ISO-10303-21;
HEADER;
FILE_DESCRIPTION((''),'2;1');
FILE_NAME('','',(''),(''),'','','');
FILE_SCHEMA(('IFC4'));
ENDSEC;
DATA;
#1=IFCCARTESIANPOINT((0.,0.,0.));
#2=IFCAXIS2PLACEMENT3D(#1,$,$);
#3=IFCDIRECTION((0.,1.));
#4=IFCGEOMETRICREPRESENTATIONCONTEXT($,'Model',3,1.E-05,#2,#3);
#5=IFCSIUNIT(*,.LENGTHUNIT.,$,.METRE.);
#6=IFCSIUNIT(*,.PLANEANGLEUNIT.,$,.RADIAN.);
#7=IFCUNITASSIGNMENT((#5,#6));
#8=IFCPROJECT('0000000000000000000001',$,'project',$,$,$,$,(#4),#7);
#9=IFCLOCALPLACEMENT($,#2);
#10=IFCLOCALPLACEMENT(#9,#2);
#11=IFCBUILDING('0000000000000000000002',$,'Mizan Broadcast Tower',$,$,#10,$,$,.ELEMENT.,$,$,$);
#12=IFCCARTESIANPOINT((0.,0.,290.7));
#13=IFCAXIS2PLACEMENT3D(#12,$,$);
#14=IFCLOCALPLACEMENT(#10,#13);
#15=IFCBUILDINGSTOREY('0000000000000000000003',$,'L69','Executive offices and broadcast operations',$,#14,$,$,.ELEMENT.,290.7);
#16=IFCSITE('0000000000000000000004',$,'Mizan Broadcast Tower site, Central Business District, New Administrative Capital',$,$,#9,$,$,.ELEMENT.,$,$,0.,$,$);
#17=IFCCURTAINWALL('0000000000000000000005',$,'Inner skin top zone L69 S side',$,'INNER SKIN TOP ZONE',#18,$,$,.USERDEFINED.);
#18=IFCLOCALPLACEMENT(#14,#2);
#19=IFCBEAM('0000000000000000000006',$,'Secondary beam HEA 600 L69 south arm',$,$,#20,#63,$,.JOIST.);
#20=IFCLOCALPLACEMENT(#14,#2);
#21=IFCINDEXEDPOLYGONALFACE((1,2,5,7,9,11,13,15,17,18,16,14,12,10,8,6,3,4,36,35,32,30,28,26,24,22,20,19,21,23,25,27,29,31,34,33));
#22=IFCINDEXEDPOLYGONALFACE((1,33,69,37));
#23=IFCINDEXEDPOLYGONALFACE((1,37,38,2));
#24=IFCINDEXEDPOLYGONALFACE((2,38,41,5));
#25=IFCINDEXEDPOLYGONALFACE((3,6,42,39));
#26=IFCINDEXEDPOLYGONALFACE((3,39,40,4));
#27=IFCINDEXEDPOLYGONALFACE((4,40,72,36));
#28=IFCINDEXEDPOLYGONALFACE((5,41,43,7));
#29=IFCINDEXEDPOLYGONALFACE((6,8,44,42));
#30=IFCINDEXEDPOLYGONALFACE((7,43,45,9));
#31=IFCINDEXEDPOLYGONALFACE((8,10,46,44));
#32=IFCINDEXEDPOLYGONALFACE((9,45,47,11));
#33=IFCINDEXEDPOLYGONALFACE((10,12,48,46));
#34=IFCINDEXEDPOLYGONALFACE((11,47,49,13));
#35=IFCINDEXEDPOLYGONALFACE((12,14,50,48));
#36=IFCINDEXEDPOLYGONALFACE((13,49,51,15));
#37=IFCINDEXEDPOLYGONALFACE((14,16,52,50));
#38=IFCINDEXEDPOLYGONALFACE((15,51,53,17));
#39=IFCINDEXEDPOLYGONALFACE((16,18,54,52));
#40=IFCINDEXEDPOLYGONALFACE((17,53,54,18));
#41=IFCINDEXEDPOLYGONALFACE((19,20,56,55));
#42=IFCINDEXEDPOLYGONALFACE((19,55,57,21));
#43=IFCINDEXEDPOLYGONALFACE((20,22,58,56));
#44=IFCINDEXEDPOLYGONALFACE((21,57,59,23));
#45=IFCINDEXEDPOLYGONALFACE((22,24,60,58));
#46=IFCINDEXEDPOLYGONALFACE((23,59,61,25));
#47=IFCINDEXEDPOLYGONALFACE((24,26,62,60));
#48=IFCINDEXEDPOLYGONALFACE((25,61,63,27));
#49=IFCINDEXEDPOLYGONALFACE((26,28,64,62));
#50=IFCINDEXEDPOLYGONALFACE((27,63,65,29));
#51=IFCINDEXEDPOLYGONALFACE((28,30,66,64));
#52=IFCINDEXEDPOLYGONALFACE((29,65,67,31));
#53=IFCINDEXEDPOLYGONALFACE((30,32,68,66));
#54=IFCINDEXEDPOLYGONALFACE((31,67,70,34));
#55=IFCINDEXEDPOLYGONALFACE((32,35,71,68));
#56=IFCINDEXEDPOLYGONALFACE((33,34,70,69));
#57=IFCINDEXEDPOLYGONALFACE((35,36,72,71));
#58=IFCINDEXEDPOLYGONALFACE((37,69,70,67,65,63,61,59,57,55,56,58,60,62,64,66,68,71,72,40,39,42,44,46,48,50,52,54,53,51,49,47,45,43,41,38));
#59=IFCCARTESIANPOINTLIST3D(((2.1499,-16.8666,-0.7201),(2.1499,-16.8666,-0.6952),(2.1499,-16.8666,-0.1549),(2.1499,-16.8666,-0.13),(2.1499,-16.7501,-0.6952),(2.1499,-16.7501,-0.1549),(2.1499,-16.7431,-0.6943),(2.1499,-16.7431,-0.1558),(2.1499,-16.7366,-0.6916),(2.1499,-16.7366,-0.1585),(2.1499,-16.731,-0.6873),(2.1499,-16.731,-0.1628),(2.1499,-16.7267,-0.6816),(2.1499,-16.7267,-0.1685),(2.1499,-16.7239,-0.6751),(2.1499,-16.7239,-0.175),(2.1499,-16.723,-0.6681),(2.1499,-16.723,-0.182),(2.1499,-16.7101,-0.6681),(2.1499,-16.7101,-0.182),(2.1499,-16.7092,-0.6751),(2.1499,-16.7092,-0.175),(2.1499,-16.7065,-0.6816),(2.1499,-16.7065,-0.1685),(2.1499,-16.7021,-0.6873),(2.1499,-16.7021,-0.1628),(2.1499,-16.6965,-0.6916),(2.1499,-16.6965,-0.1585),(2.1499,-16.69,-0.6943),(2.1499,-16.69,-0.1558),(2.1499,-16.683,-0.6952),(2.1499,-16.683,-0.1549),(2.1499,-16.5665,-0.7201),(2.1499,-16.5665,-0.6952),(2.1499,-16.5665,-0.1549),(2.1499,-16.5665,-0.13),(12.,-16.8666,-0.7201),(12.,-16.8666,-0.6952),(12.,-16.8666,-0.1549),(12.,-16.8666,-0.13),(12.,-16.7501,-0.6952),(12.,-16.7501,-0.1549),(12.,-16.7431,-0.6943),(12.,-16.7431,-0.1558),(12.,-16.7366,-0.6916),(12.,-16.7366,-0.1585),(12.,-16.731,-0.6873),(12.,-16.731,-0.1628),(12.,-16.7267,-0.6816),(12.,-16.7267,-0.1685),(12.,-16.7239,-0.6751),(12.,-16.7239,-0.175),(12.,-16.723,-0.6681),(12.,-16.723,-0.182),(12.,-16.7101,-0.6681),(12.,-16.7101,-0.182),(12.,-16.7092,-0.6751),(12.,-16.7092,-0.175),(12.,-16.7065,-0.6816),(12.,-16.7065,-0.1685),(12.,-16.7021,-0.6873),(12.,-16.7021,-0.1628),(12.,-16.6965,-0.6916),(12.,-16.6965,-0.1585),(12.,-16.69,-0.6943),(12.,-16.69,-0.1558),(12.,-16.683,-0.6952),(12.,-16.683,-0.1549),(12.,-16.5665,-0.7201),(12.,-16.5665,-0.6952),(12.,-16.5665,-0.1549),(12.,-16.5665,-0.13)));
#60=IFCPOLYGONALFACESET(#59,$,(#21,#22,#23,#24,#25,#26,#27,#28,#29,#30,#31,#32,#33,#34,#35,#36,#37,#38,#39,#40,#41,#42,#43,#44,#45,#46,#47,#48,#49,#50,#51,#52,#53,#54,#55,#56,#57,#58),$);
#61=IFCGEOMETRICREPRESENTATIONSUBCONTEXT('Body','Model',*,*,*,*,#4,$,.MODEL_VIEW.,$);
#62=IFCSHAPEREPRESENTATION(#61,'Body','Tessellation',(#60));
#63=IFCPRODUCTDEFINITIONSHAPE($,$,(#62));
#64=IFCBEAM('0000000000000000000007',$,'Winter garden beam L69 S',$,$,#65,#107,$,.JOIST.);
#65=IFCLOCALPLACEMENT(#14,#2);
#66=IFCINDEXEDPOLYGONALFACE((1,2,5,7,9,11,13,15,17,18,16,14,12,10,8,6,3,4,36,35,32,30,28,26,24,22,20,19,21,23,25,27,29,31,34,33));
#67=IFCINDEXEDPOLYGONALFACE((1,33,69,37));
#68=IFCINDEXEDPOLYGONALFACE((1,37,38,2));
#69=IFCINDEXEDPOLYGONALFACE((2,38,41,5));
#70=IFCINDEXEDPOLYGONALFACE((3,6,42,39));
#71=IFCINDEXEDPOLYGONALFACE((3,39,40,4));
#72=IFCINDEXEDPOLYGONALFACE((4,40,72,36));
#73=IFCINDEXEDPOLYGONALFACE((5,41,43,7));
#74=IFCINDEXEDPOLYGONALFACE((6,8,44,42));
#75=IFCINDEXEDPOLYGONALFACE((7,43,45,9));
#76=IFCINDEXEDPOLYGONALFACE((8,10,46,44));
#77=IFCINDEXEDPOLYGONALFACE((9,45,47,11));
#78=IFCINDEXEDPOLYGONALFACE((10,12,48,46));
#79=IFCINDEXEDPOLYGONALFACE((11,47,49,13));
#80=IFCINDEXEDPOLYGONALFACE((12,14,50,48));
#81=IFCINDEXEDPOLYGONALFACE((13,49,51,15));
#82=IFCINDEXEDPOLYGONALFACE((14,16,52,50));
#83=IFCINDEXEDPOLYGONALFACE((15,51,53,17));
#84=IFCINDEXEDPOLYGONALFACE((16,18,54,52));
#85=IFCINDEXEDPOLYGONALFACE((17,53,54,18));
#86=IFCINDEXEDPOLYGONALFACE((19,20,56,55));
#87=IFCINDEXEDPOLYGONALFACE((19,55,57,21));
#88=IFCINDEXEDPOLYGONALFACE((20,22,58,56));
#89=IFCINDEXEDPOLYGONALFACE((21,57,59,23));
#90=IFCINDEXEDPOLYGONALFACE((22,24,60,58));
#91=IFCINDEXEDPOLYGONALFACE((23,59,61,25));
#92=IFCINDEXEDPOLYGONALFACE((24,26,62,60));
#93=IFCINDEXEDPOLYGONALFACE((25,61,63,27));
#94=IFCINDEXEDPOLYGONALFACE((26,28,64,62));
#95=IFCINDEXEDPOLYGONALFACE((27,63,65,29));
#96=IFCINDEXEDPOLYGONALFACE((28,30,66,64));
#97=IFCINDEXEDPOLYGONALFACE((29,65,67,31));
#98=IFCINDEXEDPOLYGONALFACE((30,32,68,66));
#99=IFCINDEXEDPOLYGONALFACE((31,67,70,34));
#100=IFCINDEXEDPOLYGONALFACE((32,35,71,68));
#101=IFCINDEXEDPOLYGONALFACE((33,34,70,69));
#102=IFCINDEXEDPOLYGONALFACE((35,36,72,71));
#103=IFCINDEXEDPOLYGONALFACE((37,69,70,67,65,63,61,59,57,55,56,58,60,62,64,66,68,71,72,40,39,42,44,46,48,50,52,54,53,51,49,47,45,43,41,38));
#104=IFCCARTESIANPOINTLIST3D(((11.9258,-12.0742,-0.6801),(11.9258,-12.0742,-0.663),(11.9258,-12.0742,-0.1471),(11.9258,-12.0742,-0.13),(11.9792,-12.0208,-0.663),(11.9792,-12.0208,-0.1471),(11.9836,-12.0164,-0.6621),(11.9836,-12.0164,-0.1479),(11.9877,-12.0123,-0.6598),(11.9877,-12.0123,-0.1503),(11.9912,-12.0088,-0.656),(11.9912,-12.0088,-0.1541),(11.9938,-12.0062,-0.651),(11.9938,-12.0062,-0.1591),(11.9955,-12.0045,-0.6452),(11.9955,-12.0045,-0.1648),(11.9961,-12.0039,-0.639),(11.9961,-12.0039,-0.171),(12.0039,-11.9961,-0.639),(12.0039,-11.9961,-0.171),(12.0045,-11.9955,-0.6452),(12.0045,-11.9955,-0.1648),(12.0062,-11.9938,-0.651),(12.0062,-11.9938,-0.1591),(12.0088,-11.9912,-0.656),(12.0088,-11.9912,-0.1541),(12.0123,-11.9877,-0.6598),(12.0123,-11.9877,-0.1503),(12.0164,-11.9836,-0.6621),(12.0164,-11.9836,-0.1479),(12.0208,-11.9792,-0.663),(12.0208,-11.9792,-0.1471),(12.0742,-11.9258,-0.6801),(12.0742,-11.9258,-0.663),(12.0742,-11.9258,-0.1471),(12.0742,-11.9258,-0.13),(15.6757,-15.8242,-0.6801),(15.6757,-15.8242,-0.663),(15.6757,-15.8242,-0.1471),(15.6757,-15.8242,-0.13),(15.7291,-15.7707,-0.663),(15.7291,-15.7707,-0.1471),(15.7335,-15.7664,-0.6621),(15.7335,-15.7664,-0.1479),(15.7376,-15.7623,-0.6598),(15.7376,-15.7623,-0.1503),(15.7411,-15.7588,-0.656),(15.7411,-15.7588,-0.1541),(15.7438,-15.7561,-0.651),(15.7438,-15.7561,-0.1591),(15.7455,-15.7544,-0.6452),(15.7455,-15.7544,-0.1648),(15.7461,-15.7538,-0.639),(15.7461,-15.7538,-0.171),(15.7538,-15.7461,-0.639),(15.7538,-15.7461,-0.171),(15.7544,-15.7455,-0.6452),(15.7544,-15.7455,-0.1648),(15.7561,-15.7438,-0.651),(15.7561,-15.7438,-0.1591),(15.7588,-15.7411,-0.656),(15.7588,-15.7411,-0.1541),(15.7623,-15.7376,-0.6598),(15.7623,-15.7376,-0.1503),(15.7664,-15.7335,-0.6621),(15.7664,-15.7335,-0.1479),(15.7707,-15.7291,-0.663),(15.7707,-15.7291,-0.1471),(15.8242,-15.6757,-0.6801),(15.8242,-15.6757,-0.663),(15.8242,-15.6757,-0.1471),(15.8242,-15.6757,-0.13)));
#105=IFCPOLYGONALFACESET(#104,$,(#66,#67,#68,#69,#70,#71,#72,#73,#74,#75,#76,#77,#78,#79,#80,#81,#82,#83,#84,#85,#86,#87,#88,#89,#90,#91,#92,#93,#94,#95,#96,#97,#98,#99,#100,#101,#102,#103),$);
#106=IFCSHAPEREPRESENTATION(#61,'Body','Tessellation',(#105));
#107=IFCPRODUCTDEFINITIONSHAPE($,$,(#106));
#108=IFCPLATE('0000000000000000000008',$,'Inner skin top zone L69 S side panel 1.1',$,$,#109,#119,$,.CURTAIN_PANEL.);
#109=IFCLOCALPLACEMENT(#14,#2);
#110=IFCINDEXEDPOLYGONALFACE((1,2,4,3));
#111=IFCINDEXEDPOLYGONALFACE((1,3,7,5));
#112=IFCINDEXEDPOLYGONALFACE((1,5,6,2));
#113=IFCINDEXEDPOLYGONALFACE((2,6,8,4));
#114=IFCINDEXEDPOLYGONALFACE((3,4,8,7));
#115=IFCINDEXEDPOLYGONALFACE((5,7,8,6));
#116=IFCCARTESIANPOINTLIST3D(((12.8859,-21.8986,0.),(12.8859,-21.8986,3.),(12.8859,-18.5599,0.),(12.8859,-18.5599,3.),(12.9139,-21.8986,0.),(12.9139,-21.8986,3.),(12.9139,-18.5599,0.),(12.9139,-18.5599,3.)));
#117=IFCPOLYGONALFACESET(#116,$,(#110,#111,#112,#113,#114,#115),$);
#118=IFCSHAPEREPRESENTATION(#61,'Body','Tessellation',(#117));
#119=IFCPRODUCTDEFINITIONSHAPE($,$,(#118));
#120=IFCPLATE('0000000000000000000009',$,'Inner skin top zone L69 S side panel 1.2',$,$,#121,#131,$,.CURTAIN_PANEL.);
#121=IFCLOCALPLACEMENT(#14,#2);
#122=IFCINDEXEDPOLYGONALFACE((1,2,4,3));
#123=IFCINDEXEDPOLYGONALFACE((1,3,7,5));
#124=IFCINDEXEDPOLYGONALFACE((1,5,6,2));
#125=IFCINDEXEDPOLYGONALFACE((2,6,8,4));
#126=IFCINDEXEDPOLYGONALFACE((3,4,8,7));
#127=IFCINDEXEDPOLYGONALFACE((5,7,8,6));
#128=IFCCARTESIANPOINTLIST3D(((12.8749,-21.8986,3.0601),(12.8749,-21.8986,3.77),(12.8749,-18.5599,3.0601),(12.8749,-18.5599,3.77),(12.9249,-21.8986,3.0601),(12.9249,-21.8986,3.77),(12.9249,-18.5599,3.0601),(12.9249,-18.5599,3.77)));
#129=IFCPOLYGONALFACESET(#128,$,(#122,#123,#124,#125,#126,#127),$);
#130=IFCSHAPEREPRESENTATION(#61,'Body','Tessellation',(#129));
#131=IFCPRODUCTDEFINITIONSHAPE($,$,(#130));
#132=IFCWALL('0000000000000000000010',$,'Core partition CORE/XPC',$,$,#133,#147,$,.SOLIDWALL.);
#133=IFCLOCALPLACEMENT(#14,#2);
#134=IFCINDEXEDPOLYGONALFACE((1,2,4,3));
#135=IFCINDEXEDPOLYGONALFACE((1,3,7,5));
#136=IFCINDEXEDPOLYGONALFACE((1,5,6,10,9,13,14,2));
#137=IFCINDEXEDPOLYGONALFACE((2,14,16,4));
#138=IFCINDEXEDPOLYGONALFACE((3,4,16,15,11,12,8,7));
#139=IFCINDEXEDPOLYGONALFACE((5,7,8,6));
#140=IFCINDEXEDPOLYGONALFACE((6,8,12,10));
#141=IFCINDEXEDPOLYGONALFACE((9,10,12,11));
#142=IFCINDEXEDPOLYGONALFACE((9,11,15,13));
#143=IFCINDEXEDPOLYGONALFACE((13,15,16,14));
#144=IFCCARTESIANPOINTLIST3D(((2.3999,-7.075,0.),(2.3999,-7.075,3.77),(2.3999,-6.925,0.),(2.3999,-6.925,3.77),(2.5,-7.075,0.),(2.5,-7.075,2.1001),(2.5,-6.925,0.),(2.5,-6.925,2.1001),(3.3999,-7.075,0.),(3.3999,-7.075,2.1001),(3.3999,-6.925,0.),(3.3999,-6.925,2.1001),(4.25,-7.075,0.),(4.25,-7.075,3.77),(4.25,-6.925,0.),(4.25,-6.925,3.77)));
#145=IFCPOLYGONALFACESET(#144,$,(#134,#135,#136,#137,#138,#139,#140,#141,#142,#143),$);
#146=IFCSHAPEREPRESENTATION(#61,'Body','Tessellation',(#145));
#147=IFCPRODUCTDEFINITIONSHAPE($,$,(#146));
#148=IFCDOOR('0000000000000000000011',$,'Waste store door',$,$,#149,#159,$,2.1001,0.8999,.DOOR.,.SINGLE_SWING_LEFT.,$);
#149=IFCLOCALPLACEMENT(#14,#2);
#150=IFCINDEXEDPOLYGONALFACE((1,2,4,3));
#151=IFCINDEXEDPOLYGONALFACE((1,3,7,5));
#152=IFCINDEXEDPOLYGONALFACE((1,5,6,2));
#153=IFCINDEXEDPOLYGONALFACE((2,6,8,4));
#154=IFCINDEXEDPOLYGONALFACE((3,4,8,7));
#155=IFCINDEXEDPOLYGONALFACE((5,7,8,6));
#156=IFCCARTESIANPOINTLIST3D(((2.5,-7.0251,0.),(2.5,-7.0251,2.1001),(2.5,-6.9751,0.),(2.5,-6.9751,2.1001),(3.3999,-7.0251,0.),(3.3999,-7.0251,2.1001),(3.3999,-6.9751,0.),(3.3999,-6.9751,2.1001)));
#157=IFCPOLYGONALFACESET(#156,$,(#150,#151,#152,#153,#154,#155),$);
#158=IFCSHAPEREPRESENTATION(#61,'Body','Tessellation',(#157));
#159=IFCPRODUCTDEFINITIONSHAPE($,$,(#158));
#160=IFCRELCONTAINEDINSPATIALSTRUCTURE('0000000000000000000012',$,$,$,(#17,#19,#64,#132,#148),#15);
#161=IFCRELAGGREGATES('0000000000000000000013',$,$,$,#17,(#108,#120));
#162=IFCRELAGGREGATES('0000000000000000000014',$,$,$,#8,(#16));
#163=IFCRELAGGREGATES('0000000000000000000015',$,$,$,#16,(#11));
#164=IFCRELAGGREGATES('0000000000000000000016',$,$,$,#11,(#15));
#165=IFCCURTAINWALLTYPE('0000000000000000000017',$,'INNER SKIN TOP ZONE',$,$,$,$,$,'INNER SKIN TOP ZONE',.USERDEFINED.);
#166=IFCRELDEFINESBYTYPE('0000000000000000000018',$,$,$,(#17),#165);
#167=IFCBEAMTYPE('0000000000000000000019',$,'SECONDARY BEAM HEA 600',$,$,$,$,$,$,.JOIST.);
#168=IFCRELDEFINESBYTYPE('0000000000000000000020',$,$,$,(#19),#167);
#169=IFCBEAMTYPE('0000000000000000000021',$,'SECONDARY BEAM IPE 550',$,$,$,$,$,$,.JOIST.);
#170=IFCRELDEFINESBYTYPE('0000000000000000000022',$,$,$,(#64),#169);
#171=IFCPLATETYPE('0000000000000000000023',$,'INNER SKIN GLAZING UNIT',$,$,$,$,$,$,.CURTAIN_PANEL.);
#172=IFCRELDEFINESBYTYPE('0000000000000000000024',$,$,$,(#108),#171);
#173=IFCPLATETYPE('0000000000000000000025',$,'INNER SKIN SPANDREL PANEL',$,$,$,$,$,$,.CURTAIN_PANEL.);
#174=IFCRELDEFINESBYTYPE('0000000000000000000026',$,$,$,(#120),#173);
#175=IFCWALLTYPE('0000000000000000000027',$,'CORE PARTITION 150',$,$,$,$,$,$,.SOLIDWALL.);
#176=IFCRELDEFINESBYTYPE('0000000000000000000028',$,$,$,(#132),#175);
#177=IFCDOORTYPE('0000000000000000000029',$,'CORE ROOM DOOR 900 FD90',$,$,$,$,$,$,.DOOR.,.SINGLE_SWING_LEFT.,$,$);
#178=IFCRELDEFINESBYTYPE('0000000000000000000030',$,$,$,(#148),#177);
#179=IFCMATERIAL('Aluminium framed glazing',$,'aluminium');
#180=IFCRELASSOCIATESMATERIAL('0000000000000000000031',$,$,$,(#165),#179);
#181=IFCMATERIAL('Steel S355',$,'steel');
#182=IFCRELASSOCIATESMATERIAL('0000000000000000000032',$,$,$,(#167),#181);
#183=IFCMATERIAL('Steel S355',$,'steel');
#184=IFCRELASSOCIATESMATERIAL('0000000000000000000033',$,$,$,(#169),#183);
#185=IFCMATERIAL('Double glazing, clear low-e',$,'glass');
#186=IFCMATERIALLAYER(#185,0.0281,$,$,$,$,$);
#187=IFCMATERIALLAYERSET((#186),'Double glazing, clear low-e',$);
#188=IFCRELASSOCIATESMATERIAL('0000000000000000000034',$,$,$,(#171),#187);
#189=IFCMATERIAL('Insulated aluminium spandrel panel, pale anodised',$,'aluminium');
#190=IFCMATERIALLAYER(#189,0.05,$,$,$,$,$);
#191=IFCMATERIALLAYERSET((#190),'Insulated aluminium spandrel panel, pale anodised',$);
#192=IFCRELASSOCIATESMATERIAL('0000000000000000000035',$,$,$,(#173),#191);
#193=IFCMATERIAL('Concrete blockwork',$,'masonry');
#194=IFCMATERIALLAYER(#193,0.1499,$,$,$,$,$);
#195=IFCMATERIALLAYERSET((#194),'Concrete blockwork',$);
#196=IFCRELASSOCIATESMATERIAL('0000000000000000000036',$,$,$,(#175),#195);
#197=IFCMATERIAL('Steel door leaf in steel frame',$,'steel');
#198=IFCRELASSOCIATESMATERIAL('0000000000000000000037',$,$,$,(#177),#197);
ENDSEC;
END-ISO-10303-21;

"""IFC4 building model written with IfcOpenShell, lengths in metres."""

from ifc_helpers import new_model, si_unit, direction, frame, frame_2d, origin, origin_2d, place, context, subcontext, project, spatial, rectangle, i_section, extrude, material, layer, layer_set, material_profile, profile_set, type_object, element, fill, aggregate, save


model = new_model("IFC4")

# Units and contexts
model_context = context("Model", 3, precision=1e-05, world=origin(), true_north=direction((0.0, 1.0)))
body_context = subcontext(model_context, "Body", "Model", "MODEL_VIEW")
ifc_project = project(units=[si_unit("LENGTHUNIT", "METRE"), si_unit("PLANEANGLEUNIT", "RADIAN")], contexts=[model_context])

# Site, building, storey
site_placement = place(None, origin())
site = spatial("IfcSite", under=ifc_project, at=site_placement, Name="Mizan Broadcast Tower site, Central Business District, New Administrative Capital", CompositionType="ELEMENT", RefElevation=0.0)
building_placement = place(site_placement, origin())
building = spatial("IfcBuilding", under=site, at=building_placement, Name="Mizan Broadcast Tower", CompositionType="ELEMENT")
storey_placement = place(building_placement, frame((0.0, 0.0, 290.7)))
storey = spatial("IfcBuildingStorey", under=building, at=storey_placement, Name="L69", Description="Executive offices and broadcast operations", CompositionType="ELEMENT", Elevation=290.7)

# Curtain wall
ifc_material_1 = material(Name="Aluminium framed glazing", Category="aluminium")
curtain_wall_type = type_object("IfcCurtainWallType", Name="INNER SKIN TOP ZONE", ElementType="INNER SKIN TOP ZONE", PredefinedType="USERDEFINED", material=ifc_material_1)
curtain_wall_placement = place(storey_placement, origin())
curtain_wall = element("IfcCurtainWall", 1, at=curtain_wall_placement, inside=storey, type_object=curtain_wall_type, Name="Inner skin top zone L69 S side", ObjectType="INNER SKIN TOP ZONE", PredefinedType="USERDEFINED")

# Beams
ifc_material_2 = material(Name="Steel S355", Category="steel")
ifc_material_profile_1 = material_profile(ifc_material_2, i_section(OverallWidth=0.3, OverallDepth=0.5901, WebThickness=0.0129, FlangeThickness=0.0249, FilletRadius=0.0271, at=origin_2d()), Name="HEA 600")
ifc_profile_set_1 = profile_set([ifc_material_profile_1], Name="Steel S355")
beam_type_1 = type_object("IfcBeamType", Name="SECONDARY BEAM HEA 600", PredefinedType="JOIST", material=ifc_profile_set_1)
for number, where, z_axis, x_axis, name in (
    (2, (12.0, -16.7166, -0.425), (-1.0, 0.0, 0.0), (0.0, -1.0, 0.0), "Secondary beam HEA 600 L69 south arm"),
):
    element("IfcBeam", number, at=place(storey_placement, frame(where, z_axis=z_axis, x_axis=x_axis)), inside=storey, type_object=beam_type_1, Name=name, PredefinedType="JOIST", context=body_context, shape_type="SweptSolid", body=[
        extrude(i_section(OverallWidth=0.3, OverallDepth=0.5901, WebThickness=0.0129, FlangeThickness=0.0249, FilletRadius=0.0271, at=origin_2d()), origin(), (0.0, 0.0, 1.0), 9.8501),
    ])
ifc_material_3 = material(Name="Steel S355", Category="steel")
ifc_material_profile_2 = material_profile(ifc_material_3, i_section(OverallWidth=0.21, OverallDepth=0.55, WebThickness=0.011, FlangeThickness=0.0171, FilletRadius=0.0239, at=origin_2d()), Name="IPE 550")
ifc_profile_set_2 = profile_set([ifc_material_profile_2], Name="Steel S355")
beam_type_2 = type_object("IfcBeamType", Name="SECONDARY BEAM IPE 550", PredefinedType="JOIST", material=ifc_profile_set_2)
beam_1_placement = place(storey_placement, frame((12.0, -12.0, -0.405), z_axis=(0.707107, -0.707107, 0.0), x_axis=(0.707107, 0.707107, 0.0)))
element("IfcBeam", 3, at=beam_1_placement, inside=storey, type_object=beam_type_2, Name="Winter garden beam L69 S", PredefinedType="JOIST", context=body_context, shape_type="SweptSolid", body=[
    extrude(i_section(OverallWidth=0.21, OverallDepth=0.55, WebThickness=0.011, FlangeThickness=0.0171, FilletRadius=0.0239, at=origin_2d()), origin(), (0.0, 0.0, 1.0), 5.3032),
])

# Plates
ifc_material_4 = material(Name="Double glazing, clear low-e", Category="glass")
ifc_layer_1 = layer(ifc_material_4, 0.0281)
ifc_layer_set_1 = layer_set([ifc_layer_1], Name="Double glazing, clear low-e")
plate_type_1 = type_object("IfcPlateType", Name="INNER SKIN GLAZING UNIT", PredefinedType="CURTAIN_PANEL", material=ifc_layer_set_1)
plate_1_placement = place(storey_placement, frame((12.8999, -20.2292, 0.0), z_axis=(0.0, 0.0, 1.0), x_axis=(0.0, 1.0, 0.0)))
plate_1 = element("IfcPlate", 4, at=plate_1_placement, type_object=plate_type_1, Name="Inner skin top zone L69 S side panel 1.1", PredefinedType="CURTAIN_PANEL", context=body_context, shape_type="SweptSolid", body=[
    extrude(rectangle(XDim=3.3386, YDim=0.0281, at=origin_2d()), origin(), (0.0, 0.0, 1.0), 3.0),
])
ifc_material_5 = material(Name="Insulated aluminium spandrel panel, pale anodised", Category="aluminium")
ifc_layer_2 = layer(ifc_material_5, 0.05)
ifc_layer_set_2 = layer_set([ifc_layer_2], Name="Insulated aluminium spandrel panel, pale anodised")
plate_type_2 = type_object("IfcPlateType", Name="INNER SKIN SPANDREL PANEL", PredefinedType="CURTAIN_PANEL", material=ifc_layer_set_2)
plate_2_placement = place(storey_placement, frame((12.8999, -20.2292, 3.0601), z_axis=(0.0, 0.0, 1.0), x_axis=(0.0, 1.0, 0.0)))
plate_2 = element("IfcPlate", 5, at=plate_2_placement, type_object=plate_type_2, Name="Inner skin top zone L69 S side panel 1.2", PredefinedType="CURTAIN_PANEL", context=body_context, shape_type="SweptSolid", body=[
    extrude(rectangle(XDim=3.3386, YDim=0.05, at=origin_2d()), origin(), (0.0, 0.0, 1.0), 0.71),
])
aggregate(curtain_wall, [plate_1, plate_2])

# Wall, opening, door
ifc_material_6 = material(Name="Concrete blockwork", Category="masonry")
ifc_layer_3 = layer(ifc_material_6, 0.1499)
ifc_layer_set_3 = layer_set([ifc_layer_3], Name="Concrete blockwork")
wall_type_1 = type_object("IfcWallType", Name="CORE PARTITION 150", PredefinedType="SOLIDWALL", material=ifc_layer_set_3)
wall_1_placement = place(storey_placement, frame((2.3999, -7.0, 0.0), z_axis=(0.0, 0.0, 1.0), x_axis=(1.0, 0.0, 0.0)))
wall_1 = element("IfcWall", 6, at=wall_1_placement, inside=storey, type_object=wall_type_1, Name="Core partition CORE/XPC", PredefinedType="SOLIDWALL", context=body_context, shape_type="SweptSolid", body=[
    extrude(rectangle(XDim=1.8501, YDim=0.1499, at=frame_2d((0.925, 0.0))), origin(), (0.0, 0.0, 1.0), 3.77),
])
opening_1_placement = place(wall_1_placement, frame((0.1001, 0.0, 0.0)))
opening_1 = element("IfcOpeningElement", 7, at=opening_1_placement, cuts=wall_1, PredefinedType="OPENING", context=body_context, shape_type="SweptSolid", body=[
    extrude(rectangle(XDim=0.8999, YDim=2.1001, at=frame_2d((0.45, 1.05))), frame((0.0, 0.085, 0.0), z_axis=(0.0, -1.0, 0.0), x_axis=(1.0, 0.0, 0.0)), (0.0, 0.0, 1.0), 0.1699),
])
ifc_material_7 = material(Name="Steel door leaf in steel frame", Category="steel")
door_type_1 = type_object("IfcDoorType", Name="CORE ROOM DOOR 900 FD90", OperationType="SINGLE_SWING_LEFT", PredefinedType="DOOR", material=ifc_material_7)
door_1_placement = place(opening_1_placement, origin())
door_1 = element("IfcDoor", 8, at=door_1_placement, inside=storey, type_object=door_type_1, Name="Waste store door", OperationType="SINGLE_SWING_LEFT", OverallHeight=2.1001, OverallWidth=0.8999, PredefinedType="DOOR", context=body_context, shape_type="SweptSolid", body=[
    extrude(rectangle(XDim=0.8999, YDim=2.1001, at=frame_2d((0.45, 1.05))), frame((0.0, 0.0249, 0.0), z_axis=(0.0, -1.0, 0.0), x_axis=(1.0, 0.0, 0.0)), (0.0, 0.0, 1.0), 0.05),
])
fill(opening_1, door_1)

save(model, "model.ifc")
